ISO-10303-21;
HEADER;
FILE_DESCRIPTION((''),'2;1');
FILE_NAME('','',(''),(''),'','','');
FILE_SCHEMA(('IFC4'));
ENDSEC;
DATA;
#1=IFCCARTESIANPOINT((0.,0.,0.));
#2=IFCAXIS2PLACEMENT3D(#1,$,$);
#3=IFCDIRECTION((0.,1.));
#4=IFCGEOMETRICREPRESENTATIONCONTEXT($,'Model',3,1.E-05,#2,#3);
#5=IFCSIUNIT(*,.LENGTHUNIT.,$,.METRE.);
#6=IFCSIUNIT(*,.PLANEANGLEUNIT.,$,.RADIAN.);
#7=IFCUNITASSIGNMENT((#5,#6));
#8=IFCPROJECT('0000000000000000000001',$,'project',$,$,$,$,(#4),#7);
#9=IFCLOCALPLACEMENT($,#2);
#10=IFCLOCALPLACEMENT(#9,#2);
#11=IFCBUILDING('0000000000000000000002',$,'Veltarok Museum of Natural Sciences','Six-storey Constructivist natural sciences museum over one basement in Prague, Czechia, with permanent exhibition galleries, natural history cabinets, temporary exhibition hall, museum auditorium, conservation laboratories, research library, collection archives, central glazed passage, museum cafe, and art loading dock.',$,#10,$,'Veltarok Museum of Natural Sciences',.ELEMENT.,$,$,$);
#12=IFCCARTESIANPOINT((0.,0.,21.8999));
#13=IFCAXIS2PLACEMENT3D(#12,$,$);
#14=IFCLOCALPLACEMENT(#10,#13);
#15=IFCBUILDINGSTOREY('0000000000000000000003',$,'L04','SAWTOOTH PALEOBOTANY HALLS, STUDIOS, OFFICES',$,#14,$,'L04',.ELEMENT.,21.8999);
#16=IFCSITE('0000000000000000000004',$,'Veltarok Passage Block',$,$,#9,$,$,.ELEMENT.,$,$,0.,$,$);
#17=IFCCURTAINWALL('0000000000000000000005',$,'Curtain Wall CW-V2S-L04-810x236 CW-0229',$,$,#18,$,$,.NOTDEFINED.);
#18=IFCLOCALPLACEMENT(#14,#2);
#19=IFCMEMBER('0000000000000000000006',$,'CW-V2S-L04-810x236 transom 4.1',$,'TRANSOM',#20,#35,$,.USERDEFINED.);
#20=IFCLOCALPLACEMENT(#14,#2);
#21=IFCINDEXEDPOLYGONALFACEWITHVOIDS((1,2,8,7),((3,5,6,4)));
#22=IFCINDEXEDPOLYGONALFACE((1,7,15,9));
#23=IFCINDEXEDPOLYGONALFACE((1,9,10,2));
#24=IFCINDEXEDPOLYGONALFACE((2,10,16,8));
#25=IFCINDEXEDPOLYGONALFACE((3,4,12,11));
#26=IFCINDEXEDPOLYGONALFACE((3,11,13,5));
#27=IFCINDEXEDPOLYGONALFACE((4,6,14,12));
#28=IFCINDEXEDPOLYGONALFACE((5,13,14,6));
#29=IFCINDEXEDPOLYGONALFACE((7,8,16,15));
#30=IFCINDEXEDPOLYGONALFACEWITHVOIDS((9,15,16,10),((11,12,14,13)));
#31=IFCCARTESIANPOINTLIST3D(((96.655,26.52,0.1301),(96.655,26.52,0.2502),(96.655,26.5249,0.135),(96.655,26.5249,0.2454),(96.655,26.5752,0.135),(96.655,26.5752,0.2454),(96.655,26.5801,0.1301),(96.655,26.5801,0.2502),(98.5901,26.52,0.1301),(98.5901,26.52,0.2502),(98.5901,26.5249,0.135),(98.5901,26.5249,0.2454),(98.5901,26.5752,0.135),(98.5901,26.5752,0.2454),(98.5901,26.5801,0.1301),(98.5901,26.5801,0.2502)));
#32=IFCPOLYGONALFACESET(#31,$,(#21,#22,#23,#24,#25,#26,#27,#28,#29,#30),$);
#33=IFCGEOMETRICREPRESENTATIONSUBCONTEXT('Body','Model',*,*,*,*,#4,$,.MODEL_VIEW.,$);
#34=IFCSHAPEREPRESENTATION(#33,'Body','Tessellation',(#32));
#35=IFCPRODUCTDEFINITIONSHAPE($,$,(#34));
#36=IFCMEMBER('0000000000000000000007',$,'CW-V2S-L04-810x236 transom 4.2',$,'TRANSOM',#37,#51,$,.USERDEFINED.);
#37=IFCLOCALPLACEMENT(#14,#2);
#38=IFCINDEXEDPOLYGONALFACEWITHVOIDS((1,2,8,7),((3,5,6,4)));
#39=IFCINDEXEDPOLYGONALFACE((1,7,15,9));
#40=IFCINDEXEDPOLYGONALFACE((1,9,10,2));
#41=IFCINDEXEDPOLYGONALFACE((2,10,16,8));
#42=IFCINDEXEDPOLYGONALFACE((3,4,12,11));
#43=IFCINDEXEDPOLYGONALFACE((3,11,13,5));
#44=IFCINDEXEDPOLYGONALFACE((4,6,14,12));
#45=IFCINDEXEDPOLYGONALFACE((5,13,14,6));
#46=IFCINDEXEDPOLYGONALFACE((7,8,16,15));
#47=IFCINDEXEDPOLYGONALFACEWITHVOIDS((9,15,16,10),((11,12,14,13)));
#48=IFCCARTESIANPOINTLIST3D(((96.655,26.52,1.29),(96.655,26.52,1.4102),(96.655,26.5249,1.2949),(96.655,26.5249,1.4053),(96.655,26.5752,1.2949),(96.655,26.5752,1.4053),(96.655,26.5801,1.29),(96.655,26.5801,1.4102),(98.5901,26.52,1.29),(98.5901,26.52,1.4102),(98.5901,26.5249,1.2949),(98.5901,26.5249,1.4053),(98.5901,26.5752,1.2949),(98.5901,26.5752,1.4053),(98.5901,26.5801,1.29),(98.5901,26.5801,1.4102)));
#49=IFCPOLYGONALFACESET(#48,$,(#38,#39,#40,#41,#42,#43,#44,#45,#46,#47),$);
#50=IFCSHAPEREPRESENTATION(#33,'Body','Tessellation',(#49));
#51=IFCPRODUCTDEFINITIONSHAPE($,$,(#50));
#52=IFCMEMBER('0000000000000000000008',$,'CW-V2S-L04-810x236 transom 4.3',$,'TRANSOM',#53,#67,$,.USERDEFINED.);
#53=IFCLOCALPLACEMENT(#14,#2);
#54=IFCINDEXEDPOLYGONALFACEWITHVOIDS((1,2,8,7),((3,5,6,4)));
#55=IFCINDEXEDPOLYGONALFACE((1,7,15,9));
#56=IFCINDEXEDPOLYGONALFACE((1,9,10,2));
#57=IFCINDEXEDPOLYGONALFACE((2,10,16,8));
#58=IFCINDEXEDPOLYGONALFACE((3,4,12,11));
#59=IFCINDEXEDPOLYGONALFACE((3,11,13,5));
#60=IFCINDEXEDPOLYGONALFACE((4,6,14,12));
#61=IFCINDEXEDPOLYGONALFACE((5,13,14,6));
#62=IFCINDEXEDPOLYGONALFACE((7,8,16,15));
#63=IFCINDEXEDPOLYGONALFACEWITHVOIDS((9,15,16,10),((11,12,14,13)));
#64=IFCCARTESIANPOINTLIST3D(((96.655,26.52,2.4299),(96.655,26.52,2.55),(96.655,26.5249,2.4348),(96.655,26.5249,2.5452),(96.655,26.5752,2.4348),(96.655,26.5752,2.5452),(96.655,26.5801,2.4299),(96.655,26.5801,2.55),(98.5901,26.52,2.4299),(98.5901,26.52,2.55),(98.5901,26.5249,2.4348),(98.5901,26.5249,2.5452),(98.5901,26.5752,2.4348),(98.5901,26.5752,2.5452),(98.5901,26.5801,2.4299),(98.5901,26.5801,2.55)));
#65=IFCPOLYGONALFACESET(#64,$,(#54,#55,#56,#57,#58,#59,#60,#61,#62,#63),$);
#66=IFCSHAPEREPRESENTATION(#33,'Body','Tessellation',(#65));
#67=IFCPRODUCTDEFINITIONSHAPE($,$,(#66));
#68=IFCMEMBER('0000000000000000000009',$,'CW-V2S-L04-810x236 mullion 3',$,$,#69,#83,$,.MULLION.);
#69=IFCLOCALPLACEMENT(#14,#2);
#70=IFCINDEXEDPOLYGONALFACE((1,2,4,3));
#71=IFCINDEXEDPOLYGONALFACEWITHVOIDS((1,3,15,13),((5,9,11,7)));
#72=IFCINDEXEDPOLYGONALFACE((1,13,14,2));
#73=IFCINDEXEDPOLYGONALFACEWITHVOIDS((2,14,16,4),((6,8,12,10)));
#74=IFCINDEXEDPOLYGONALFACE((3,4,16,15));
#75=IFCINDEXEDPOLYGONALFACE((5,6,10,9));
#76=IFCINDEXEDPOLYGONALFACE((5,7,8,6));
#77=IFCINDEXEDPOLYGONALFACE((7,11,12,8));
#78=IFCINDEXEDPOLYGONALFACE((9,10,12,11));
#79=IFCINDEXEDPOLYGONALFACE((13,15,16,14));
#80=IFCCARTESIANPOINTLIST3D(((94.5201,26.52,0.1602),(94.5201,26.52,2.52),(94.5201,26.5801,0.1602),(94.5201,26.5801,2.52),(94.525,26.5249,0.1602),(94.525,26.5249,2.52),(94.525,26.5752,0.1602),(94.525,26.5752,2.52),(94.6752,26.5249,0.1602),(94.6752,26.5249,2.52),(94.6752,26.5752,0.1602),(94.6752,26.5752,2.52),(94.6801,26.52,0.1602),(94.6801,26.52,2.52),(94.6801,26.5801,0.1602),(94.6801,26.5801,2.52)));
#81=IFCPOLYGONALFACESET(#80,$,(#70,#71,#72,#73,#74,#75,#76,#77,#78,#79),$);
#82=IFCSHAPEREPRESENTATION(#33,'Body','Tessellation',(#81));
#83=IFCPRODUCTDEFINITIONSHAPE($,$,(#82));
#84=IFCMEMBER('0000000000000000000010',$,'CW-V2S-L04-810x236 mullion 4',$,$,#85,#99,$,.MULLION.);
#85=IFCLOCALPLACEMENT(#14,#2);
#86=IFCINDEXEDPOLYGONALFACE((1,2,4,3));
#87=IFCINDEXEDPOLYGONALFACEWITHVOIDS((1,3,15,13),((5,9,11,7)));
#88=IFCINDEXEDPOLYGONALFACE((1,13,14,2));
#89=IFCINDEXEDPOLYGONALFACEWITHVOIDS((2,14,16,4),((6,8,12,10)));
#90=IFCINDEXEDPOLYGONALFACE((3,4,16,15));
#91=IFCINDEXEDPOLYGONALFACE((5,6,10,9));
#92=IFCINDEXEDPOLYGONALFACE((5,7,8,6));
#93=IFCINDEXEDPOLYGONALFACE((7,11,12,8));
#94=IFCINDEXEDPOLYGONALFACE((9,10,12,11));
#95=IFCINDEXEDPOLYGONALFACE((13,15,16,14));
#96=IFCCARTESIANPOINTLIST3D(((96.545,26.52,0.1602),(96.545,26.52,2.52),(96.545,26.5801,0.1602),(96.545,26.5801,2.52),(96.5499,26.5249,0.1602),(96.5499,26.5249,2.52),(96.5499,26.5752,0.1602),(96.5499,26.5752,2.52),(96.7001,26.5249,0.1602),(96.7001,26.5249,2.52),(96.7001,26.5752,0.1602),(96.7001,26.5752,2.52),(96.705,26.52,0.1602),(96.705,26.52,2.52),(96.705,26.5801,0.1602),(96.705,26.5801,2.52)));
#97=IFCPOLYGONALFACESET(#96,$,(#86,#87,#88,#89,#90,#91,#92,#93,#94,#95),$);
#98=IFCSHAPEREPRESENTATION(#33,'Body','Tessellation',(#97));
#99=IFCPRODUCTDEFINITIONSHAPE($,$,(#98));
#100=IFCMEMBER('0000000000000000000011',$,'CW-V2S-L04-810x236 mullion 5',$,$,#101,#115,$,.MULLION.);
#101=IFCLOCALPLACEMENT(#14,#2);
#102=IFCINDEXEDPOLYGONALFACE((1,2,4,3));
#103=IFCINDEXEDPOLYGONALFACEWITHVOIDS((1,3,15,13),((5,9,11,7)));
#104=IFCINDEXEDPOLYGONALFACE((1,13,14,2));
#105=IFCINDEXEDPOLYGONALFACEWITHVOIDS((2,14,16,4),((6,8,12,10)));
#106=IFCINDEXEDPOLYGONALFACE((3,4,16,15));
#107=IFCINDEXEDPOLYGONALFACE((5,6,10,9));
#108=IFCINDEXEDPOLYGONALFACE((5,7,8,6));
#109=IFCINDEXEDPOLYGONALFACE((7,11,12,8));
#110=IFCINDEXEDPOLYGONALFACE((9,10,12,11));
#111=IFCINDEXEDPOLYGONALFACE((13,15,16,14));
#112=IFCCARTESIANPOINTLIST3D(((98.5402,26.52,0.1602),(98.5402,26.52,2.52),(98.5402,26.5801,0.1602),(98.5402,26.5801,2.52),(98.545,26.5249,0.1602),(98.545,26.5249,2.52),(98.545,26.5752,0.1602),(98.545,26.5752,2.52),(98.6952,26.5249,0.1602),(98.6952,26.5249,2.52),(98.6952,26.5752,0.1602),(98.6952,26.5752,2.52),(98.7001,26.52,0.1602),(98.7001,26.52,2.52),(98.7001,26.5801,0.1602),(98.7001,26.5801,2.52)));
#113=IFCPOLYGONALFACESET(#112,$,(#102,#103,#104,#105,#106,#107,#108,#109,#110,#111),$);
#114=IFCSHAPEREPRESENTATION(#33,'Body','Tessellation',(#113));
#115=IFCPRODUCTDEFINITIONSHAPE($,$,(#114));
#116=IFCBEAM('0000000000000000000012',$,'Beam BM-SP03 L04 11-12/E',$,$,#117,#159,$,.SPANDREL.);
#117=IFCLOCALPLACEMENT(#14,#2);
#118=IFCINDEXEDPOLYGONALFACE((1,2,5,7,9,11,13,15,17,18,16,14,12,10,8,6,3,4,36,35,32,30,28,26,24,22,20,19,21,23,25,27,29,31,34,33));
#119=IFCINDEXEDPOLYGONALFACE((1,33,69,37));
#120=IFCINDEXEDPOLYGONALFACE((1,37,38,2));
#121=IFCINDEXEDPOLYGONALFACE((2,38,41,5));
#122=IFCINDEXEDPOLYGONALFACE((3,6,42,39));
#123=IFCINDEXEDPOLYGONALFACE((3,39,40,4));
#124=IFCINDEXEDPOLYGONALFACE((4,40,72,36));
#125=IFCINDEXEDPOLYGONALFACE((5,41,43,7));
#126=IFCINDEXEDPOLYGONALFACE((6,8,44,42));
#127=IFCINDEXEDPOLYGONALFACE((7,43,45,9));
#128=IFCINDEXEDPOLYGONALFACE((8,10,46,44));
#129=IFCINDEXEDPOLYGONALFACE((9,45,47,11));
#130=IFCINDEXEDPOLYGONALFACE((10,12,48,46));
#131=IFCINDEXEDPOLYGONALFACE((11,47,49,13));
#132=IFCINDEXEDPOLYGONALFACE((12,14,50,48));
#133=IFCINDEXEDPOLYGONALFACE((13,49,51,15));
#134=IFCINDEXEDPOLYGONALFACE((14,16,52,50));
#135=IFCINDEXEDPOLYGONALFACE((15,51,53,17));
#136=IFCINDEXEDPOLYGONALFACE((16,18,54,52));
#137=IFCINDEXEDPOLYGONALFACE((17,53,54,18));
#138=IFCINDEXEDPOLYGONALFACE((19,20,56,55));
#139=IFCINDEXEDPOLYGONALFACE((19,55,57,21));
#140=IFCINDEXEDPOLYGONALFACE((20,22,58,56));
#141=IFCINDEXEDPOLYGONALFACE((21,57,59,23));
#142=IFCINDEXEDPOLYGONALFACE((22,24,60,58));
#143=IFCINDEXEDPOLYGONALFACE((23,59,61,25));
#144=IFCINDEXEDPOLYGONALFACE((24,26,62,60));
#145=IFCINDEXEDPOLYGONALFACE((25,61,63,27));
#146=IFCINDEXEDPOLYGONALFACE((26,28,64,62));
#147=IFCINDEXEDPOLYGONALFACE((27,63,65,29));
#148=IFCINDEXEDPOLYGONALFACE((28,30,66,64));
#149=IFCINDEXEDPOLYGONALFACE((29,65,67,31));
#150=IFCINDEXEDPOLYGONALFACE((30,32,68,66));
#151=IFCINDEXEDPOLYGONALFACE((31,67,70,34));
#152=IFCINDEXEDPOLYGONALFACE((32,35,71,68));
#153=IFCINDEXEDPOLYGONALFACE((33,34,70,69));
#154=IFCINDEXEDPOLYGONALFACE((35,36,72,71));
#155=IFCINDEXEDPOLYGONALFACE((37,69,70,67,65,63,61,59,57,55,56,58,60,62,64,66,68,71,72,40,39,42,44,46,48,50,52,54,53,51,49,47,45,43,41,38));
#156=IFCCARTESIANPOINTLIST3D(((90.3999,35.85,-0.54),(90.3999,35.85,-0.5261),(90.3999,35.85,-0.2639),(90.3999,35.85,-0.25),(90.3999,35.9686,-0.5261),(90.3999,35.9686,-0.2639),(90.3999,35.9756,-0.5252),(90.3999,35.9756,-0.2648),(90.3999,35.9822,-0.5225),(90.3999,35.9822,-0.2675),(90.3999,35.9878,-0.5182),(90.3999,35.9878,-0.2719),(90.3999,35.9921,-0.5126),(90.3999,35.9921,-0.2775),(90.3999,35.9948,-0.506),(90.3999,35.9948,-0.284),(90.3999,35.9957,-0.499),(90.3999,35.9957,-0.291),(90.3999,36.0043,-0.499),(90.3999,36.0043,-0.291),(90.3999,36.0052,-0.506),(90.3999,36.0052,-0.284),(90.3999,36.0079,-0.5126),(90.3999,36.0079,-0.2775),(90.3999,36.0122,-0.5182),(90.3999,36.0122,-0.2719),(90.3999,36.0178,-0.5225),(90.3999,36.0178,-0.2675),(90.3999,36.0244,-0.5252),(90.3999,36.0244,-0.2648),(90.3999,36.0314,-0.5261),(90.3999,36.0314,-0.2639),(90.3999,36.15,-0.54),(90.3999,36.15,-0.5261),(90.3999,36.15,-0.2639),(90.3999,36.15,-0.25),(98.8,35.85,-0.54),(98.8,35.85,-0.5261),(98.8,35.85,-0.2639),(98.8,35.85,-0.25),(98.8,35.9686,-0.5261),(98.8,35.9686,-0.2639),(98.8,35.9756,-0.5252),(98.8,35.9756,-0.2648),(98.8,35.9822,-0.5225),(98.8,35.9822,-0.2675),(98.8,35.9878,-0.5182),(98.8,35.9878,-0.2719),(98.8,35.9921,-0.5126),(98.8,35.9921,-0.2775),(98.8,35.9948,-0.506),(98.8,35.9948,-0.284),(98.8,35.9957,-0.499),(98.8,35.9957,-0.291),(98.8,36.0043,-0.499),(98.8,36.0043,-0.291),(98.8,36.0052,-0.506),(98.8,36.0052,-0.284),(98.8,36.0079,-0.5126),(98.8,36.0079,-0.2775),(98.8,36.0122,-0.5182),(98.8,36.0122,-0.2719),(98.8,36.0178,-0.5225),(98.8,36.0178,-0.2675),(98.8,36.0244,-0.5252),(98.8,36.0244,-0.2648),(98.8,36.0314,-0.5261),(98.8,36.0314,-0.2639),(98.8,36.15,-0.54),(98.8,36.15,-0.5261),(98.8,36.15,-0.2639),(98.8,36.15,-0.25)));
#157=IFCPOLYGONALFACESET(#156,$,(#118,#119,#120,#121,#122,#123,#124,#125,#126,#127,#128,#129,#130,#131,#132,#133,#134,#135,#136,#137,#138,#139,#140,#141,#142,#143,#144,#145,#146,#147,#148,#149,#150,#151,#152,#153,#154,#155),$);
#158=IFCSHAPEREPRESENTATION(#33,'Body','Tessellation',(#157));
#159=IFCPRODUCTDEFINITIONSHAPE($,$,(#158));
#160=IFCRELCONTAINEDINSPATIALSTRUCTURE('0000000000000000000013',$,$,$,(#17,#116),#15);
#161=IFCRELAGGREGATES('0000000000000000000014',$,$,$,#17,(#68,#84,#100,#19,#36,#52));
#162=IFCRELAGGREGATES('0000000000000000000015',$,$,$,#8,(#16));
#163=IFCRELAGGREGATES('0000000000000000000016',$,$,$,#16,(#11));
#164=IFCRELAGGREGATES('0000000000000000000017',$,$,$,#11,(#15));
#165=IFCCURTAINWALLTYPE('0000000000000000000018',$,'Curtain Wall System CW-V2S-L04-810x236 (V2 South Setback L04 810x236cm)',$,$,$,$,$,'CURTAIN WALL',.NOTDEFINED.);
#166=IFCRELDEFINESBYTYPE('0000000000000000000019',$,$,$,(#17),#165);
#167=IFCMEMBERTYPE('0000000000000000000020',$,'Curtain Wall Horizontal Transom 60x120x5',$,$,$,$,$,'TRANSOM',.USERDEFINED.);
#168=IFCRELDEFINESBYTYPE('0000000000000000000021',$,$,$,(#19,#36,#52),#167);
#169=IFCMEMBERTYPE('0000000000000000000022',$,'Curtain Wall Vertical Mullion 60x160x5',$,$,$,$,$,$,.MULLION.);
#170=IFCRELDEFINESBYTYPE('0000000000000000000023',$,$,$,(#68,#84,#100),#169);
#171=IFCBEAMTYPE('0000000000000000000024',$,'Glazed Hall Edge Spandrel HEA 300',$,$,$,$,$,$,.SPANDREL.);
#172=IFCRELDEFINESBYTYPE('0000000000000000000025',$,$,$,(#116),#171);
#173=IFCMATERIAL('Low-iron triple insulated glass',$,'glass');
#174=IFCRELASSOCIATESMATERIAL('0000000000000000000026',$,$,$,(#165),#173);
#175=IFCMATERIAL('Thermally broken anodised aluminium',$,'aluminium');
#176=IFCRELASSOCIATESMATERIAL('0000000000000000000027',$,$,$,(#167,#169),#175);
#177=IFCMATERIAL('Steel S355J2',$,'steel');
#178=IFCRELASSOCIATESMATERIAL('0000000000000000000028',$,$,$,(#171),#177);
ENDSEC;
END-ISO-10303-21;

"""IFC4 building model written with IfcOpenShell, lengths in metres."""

from ifc_helpers import new_model, si_unit, direction, frame, origin, origin_2d, place, context, subcontext, project, spatial, hollow_rectangle, i_section, extrude, material, material_profile, profile_set, type_object, element, aggregate, save


model = new_model("IFC4")

# Units and contexts
model_context = context("Model", 3, precision=1e-05, world=origin(), true_north=direction((0.0, 1.0)))
body_context = subcontext(model_context, "Body", "Model", "MODEL_VIEW")
ifc_project = project(units=[si_unit("LENGTHUNIT", "METRE"), si_unit("PLANEANGLEUNIT", "RADIAN")], contexts=[model_context])

# Site, building, storey
site_placement = place(None, origin())
site = spatial("IfcSite", under=ifc_project, at=site_placement, Name="Veltarok Passage Block", CompositionType="ELEMENT", RefElevation=0.0)
building_placement = place(site_placement, origin())
building = spatial("IfcBuilding", under=site, at=building_placement, Name="Veltarok Museum of Natural Sciences", Description="Six-storey Constructivist natural sciences museum over one basement in Prague, Czechia, with permanent exhibition galleries, natural history cabinets, temporary exhibition hall, museum auditorium, conservation laboratories, research library, collection archives, central glazed passage, museum cafe, and art loading dock.", LongName="Veltarok Museum of Natural Sciences", CompositionType="ELEMENT")
storey_placement = place(building_placement, frame((0.0, 0.0, 21.8999)))
storey = spatial("IfcBuildingStorey", under=building, at=storey_placement, Name="L04", Description="SAWTOOTH PALEOBOTANY HALLS, STUDIOS, OFFICES", LongName="L04", CompositionType="ELEMENT", Elevation=21.8999)

# Shared definitions
ifc_material_1 = material(Name="Steel S355J2", Category="steel")

# Curtain wall, members
ifc_material_2 = material(Name="Low-iron triple insulated glass", Category="glass")
curtain_wall_type = type_object("IfcCurtainWallType", Name="Curtain Wall System CW-V2S-L04-810x236 (V2 South Setback L04 810x236cm)", ElementType="CURTAIN WALL", PredefinedType="NOTDEFINED", material=ifc_material_2)
curtain_wall_placement = place(storey_placement, origin())
curtain_wall = element("IfcCurtainWall", 1, at=curtain_wall_placement, inside=storey, type_object=curtain_wall_type, Name="Curtain Wall CW-V2S-L04-810x236 CW-0229", PredefinedType="NOTDEFINED")
ifc_material_3 = material(Name="Thermally broken anodised aluminium", Category="aluminium")
ifc_material_profile_1 = material_profile(ifc_material_3, hollow_rectangle(XDim=0.0601, YDim=0.1201, WallThickness=0.0049, at=origin_2d()), Name="CW TRANSOM 60x120x5")
ifc_profile_set_1 = profile_set([ifc_material_profile_1], Name="Thermally broken anodised aluminium")
member_type_1 = type_object("IfcMemberType", Name="Curtain Wall Horizontal Transom 60x120x5", ElementType="TRANSOM", PredefinedType="USERDEFINED", material=ifc_profile_set_1)
member_1_placement = place(storey_placement, frame((96.655, 26.55, 0.1902), z_axis=(1.0, 0.0, 0.0), x_axis=(0.0, 1.0, 0.0)))
member_1 = element("IfcMember", 2, at=member_1_placement, type_object=member_type_1, Name="CW-V2S-L04-810x236 transom 4.1", ObjectType="TRANSOM", PredefinedType="USERDEFINED", context=body_context, shape_type="SweptSolid", body=[
    extrude(hollow_rectangle(XDim=0.0601, YDim=0.1201, WallThickness=0.0049, at=origin_2d()), origin(), (0.0, 0.0, 1.0), 1.9351),
])
member_2_placement = place(storey_placement, frame((96.655, 26.55, 1.3501), z_axis=(1.0, 0.0, 0.0), x_axis=(0.0, 1.0, 0.0)))
member_2 = element("IfcMember", 3, at=member_2_placement, type_object=member_type_1, Name="CW-V2S-L04-810x236 transom 4.2", ObjectType="TRANSOM", PredefinedType="USERDEFINED", context=body_context, shape_type="SweptSolid", body=[
    extrude(hollow_rectangle(XDim=0.0601, YDim=0.1201, WallThickness=0.0049, at=origin_2d()), origin(), (0.0, 0.0, 1.0), 1.9351),
])
member_3_placement = place(storey_placement, frame((96.655, 26.55, 2.49), z_axis=(1.0, 0.0, 0.0), x_axis=(0.0, 1.0, 0.0)))
member_3 = element("IfcMember", 4, at=member_3_placement, type_object=member_type_1, Name="CW-V2S-L04-810x236 transom 4.3", ObjectType="TRANSOM", PredefinedType="USERDEFINED", context=body_context, shape_type="SweptSolid", body=[
    extrude(hollow_rectangle(XDim=0.0601, YDim=0.1201, WallThickness=0.0049, at=origin_2d()), origin(), (0.0, 0.0, 1.0), 1.9351),
])
ifc_material_profile_2 = material_profile(ifc_material_3, hollow_rectangle(XDim=0.0601, YDim=0.1599, WallThickness=0.0049, at=origin_2d()), Name="CW MULLION 60x160x5")
ifc_profile_set_2 = profile_set([ifc_material_profile_2], Name="Thermally broken anodised aluminium")
member_type_2 = type_object("IfcMemberType", Name="Curtain Wall Vertical Mullion 60x160x5", PredefinedType="MULLION", material=ifc_profile_set_2)
member_4_placement = place(storey_placement, frame((94.6001, 26.55, 0.1602), z_axis=(0.0, 0.0, 1.0), x_axis=(0.0, 1.0, 0.0)))
member_4 = element("IfcMember", 5, at=member_4_placement, type_object=member_type_2, Name="CW-V2S-L04-810x236 mullion 3", PredefinedType="MULLION", context=body_context, shape_type="SweptSolid", body=[
    extrude(hollow_rectangle(XDim=0.0601, YDim=0.1599, WallThickness=0.0049, at=origin_2d()), origin(), (0.0, 0.0, 1.0), 2.3599),
])
member_5_placement = place(storey_placement, frame((96.625, 26.55, 0.1602), z_axis=(0.0, 0.0, 1.0), x_axis=(0.0, 1.0, 0.0)))
member_5 = element("IfcMember", 6, at=member_5_placement, type_object=member_type_2, Name="CW-V2S-L04-810x236 mullion 4", PredefinedType="MULLION", context=body_context, shape_type="SweptSolid", body=[
    extrude(hollow_rectangle(XDim=0.0601, YDim=0.1599, WallThickness=0.0049, at=origin_2d()), origin(), (0.0, 0.0, 1.0), 2.3599),
])
member_6_placement = place(storey_placement, frame((98.6201, 26.55, 0.1602), z_axis=(0.0, 0.0, 1.0), x_axis=(0.0, 1.0, 0.0)))
member_6 = element("IfcMember", 7, at=member_6_placement, type_object=member_type_2, Name="CW-V2S-L04-810x236 mullion 5", PredefinedType="MULLION", context=body_context, shape_type="SweptSolid", body=[
    extrude(hollow_rectangle(XDim=0.0601, YDim=0.1599, WallThickness=0.0049, at=origin_2d()), origin(), (0.0, 0.0, 1.0), 2.3599),
])

# Beam
ifc_material_profile_3 = material_profile(ifc_material_1, i_section(OverallWidth=0.3, OverallDepth=0.29, WebThickness=0.0085, FlangeThickness=0.0139, FilletRadius=0.0271, at=origin_2d()), Name="HEA 300")
ifc_profile_set_3 = profile_set([ifc_material_profile_3], Name="Steel S355J2")
beam_type_1 = type_object("IfcBeamType", Name="Glazed Hall Edge Spandrel HEA 300", PredefinedType="SPANDREL", material=ifc_profile_set_3)
beam_1_placement = place(storey_placement, frame((90.3999, 36.0, -0.395), z_axis=(1.0, 0.0, 0.0), x_axis=(0.0, 1.0, 0.0)))
element("IfcBeam", 8, at=beam_1_placement, inside=storey, type_object=beam_type_1, Name="Beam BM-SP03 L04 11-12/E", PredefinedType="SPANDREL", context=body_context, shape_type="SweptSolid", body=[
    extrude(i_section(OverallWidth=0.3, OverallDepth=0.29, WebThickness=0.0085, FlangeThickness=0.0139, FilletRadius=0.0271, at=origin_2d()), origin(), (0.0, 0.0, 1.0), 8.4001),
])

aggregate(curtain_wall, [member_4, member_5, member_6, member_1, member_2, member_3])

save(model, "model.ifc")
